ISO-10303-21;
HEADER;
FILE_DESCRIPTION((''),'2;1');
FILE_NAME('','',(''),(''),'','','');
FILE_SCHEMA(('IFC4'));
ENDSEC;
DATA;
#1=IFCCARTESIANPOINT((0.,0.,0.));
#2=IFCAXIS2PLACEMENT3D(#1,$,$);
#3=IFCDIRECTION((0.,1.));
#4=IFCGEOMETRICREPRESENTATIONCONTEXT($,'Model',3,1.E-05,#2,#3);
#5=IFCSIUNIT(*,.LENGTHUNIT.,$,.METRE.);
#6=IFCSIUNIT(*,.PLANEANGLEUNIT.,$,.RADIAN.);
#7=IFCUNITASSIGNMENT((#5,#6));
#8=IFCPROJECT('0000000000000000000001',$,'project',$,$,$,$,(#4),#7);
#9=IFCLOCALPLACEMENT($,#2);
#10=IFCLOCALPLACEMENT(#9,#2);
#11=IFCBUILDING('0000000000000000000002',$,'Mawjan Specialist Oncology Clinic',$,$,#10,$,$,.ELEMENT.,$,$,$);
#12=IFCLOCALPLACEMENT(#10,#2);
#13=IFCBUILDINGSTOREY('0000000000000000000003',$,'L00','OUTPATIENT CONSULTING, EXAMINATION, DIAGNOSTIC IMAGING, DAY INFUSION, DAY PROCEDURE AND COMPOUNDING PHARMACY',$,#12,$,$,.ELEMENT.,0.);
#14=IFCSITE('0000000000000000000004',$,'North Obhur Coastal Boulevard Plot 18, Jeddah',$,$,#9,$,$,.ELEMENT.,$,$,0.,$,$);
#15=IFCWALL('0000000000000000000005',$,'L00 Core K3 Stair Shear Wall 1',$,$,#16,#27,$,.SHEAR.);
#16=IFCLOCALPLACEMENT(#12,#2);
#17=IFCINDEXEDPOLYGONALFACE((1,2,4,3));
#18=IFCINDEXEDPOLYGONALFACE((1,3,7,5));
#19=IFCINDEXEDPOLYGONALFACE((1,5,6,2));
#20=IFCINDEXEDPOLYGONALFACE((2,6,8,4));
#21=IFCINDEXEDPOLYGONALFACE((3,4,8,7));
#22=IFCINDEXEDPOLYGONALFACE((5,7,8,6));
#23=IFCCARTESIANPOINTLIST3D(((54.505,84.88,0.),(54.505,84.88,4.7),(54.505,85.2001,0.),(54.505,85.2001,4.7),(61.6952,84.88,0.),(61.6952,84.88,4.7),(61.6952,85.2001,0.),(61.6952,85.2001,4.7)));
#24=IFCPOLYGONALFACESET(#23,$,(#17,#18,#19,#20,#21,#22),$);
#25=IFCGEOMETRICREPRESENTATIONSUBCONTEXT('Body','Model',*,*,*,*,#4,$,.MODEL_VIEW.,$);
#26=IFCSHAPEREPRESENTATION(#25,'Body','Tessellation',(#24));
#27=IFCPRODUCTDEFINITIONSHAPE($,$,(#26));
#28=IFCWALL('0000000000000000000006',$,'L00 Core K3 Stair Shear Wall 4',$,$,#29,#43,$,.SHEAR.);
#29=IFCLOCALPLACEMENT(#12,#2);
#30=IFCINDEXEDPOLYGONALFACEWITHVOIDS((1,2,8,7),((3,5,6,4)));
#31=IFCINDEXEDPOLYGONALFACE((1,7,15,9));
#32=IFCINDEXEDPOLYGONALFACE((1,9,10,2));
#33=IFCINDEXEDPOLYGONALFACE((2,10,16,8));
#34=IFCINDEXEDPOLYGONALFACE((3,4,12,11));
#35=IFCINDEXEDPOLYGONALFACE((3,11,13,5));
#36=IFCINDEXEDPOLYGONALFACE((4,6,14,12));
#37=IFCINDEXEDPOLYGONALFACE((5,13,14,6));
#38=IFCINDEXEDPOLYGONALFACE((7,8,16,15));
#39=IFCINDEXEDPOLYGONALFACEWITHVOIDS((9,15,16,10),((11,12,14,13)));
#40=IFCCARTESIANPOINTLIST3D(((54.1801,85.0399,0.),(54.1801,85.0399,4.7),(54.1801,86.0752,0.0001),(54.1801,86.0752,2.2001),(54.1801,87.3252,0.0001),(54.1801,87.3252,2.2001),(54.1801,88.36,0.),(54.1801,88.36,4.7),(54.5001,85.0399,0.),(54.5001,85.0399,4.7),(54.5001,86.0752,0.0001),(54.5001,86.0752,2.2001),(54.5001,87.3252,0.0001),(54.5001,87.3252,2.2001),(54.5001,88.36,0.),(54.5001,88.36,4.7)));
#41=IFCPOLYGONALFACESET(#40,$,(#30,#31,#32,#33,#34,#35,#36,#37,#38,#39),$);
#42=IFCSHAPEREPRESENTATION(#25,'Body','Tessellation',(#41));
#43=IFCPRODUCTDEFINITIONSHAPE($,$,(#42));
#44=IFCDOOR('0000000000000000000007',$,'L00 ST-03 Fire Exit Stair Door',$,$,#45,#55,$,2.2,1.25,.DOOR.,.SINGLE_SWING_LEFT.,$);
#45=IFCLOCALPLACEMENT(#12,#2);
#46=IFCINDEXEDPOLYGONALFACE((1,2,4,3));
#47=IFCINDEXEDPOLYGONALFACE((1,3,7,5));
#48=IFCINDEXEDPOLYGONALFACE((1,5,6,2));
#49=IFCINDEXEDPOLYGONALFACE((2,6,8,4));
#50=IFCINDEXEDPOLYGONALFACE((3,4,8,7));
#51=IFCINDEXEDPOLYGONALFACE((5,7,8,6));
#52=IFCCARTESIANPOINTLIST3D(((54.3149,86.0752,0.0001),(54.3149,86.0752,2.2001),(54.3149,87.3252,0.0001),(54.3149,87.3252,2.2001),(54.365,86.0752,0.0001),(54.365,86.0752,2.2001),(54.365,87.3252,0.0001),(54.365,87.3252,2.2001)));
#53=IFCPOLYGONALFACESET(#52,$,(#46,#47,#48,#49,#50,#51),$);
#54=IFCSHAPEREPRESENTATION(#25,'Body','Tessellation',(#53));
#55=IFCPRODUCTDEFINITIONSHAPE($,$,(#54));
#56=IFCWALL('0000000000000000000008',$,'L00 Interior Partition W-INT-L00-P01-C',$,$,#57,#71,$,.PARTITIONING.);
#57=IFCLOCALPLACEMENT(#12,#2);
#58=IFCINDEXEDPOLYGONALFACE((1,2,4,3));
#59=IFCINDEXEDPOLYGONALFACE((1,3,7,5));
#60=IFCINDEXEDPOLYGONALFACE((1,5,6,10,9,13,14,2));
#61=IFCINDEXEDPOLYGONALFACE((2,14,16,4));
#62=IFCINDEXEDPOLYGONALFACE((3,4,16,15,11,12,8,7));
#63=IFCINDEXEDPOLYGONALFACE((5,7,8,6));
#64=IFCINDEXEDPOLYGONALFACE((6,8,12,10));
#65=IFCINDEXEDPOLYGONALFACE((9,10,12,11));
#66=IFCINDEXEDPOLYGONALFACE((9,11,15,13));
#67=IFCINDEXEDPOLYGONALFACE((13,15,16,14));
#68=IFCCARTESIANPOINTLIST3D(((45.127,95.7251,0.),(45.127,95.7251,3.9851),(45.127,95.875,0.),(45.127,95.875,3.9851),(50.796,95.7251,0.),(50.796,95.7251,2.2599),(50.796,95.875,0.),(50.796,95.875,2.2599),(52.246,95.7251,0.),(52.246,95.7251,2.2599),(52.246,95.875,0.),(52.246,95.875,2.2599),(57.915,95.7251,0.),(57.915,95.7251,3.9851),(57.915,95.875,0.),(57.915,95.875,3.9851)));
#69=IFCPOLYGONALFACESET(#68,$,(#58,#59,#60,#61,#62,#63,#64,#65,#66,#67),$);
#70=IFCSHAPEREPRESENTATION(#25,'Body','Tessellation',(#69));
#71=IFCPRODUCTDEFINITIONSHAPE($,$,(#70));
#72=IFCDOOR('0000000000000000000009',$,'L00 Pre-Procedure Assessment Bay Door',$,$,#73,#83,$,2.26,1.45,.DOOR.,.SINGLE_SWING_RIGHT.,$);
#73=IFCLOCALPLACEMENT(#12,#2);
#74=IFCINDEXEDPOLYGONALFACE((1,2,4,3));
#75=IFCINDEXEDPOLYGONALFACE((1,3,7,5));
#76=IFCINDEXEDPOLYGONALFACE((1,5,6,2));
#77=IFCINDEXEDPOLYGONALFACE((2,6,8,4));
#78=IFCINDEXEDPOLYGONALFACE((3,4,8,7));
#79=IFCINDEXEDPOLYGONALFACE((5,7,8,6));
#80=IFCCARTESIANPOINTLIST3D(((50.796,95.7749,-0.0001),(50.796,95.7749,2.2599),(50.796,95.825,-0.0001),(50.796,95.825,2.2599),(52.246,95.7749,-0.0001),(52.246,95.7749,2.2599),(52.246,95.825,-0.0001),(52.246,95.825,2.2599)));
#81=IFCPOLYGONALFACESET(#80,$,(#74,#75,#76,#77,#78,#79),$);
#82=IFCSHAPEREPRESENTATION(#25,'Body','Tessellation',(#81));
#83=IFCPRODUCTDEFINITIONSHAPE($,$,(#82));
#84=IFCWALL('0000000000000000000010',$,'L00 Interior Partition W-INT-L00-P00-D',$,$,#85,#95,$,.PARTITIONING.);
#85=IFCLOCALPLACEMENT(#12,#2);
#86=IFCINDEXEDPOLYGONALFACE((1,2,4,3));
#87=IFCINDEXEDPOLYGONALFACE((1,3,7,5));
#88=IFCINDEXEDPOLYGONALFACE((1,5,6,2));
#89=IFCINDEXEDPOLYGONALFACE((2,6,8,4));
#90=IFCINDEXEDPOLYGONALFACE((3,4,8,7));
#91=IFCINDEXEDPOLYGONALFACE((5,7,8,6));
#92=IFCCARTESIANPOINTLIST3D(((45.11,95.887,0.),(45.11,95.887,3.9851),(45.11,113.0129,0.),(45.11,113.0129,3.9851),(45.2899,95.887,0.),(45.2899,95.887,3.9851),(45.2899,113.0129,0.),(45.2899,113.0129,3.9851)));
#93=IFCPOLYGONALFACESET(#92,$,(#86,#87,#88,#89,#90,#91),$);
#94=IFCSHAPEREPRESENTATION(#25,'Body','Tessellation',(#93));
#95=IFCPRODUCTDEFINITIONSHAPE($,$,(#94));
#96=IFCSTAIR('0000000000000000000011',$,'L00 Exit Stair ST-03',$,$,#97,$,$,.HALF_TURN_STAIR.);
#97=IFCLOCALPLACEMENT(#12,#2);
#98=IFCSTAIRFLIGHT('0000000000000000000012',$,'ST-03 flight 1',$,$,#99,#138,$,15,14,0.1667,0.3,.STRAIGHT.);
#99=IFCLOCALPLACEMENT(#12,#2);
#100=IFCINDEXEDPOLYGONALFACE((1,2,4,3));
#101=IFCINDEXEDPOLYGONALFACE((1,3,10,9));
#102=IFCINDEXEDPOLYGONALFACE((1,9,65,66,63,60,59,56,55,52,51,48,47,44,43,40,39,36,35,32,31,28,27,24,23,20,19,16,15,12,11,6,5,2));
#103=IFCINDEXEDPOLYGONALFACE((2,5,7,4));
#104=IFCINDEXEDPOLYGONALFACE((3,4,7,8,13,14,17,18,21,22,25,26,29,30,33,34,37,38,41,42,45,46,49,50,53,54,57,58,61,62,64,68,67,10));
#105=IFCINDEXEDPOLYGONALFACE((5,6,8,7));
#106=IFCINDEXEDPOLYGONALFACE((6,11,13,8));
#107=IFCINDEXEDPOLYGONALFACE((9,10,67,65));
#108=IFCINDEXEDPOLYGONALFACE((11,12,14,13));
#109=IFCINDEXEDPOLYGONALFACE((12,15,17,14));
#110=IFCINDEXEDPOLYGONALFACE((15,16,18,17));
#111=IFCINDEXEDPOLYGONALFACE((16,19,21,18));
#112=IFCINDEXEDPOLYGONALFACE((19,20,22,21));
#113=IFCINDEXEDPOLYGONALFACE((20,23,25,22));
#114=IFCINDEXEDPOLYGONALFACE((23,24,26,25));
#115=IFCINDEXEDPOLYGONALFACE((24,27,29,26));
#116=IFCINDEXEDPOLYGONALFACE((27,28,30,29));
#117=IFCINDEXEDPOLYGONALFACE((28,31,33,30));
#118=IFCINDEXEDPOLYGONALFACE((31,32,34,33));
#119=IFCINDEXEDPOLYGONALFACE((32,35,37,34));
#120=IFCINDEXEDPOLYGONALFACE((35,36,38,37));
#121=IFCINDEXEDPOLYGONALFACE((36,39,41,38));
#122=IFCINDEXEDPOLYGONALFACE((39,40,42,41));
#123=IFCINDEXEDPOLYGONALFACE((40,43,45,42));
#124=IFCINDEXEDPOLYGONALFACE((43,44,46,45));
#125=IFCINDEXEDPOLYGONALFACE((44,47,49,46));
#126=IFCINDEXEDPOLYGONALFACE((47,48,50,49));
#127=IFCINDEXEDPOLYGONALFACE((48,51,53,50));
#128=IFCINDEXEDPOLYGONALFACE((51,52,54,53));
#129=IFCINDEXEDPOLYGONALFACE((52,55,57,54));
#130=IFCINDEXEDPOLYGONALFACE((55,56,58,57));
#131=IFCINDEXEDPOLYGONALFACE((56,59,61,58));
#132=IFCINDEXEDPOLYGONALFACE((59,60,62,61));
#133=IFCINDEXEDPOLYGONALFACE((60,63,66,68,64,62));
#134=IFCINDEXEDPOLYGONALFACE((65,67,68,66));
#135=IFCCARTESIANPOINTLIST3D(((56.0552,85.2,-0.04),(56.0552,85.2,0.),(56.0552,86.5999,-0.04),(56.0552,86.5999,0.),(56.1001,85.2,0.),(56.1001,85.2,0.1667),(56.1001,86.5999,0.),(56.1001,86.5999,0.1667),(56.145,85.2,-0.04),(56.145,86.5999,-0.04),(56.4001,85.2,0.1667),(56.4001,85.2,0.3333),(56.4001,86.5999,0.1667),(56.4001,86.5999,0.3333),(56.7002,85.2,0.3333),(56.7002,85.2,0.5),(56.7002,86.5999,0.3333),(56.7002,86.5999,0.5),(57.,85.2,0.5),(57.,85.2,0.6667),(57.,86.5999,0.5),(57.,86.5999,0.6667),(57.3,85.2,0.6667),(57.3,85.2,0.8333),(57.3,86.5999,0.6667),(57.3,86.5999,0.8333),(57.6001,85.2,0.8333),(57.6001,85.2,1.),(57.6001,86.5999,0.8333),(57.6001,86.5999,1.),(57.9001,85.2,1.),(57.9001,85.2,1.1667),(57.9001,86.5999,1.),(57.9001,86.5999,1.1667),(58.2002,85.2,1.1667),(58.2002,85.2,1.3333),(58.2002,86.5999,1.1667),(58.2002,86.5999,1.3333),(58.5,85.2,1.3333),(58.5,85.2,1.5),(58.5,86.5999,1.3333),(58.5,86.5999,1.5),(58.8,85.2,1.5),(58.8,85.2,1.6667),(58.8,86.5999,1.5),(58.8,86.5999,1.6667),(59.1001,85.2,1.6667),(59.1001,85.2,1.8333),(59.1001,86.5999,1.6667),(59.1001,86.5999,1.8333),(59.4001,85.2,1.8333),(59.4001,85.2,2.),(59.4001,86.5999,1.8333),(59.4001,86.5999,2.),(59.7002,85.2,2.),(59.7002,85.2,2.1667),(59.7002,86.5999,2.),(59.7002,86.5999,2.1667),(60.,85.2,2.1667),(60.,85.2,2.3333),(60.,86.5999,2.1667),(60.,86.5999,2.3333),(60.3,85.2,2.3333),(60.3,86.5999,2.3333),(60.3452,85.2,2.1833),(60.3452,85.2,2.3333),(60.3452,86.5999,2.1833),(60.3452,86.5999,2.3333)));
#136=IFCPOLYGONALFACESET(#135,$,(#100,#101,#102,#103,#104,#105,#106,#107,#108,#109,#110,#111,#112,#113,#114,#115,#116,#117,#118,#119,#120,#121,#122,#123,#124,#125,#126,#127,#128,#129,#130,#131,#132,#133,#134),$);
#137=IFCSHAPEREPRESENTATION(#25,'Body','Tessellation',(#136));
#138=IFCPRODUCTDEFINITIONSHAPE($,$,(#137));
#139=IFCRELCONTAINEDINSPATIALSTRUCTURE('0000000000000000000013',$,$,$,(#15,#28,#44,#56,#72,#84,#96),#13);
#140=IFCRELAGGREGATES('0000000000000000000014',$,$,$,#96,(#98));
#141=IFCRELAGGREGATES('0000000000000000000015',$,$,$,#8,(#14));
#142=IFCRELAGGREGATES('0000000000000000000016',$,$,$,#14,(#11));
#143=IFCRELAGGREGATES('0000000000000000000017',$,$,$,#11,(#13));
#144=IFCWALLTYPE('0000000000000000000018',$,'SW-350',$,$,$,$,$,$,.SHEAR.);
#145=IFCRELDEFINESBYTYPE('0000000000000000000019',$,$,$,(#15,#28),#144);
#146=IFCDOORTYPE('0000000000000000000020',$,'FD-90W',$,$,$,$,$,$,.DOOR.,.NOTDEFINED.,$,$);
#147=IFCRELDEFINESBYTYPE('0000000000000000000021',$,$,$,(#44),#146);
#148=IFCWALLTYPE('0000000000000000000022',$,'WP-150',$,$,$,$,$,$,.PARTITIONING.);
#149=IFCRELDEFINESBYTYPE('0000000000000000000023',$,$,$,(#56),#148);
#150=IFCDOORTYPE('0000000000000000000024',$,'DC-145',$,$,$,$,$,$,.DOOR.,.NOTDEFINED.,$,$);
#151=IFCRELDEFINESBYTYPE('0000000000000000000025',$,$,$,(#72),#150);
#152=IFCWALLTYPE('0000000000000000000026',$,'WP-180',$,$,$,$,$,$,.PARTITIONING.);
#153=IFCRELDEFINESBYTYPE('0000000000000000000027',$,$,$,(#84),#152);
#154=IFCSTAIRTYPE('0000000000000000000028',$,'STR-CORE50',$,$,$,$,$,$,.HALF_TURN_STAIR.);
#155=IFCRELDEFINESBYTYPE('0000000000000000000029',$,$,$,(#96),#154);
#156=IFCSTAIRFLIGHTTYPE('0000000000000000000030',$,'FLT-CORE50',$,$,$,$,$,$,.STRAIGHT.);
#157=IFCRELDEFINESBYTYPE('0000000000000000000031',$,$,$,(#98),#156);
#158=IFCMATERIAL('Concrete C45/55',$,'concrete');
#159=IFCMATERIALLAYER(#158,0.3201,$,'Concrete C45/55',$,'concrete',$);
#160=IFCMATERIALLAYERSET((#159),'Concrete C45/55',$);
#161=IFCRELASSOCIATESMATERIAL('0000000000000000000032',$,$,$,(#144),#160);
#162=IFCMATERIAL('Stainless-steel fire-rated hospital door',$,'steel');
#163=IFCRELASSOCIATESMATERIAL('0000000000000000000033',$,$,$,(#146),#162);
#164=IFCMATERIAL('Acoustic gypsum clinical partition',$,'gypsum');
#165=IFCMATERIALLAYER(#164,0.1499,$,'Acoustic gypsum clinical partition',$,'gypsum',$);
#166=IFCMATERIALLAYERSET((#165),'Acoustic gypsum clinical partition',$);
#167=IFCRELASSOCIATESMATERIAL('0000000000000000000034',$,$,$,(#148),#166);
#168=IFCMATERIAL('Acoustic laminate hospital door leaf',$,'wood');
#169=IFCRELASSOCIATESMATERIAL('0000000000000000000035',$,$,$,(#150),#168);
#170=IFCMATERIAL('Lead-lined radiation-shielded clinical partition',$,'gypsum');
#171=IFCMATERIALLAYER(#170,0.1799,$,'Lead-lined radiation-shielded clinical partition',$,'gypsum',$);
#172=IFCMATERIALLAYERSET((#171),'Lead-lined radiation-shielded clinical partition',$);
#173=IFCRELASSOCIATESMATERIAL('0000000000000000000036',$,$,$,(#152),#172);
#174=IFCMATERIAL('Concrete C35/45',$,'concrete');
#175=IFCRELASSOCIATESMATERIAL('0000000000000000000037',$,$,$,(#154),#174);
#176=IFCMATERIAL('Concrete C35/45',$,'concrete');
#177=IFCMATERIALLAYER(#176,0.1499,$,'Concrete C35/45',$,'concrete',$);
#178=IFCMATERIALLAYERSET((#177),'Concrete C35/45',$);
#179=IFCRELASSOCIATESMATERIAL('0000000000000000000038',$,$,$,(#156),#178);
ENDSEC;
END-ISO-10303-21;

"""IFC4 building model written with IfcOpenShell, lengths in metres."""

from ifc_helpers import new_model, si_unit, direction, frame, frame_2d, origin, place, context, subcontext, project, spatial, polyline, rectangle, outline, extrude, material, layer, layer_set, type_object, element, fill, aggregate, save


model = new_model("IFC4")

# Units and contexts
model_context = context("Model", 3, precision=1e-05, world=origin(), true_north=direction((0.0, 1.0)))
body_context = subcontext(model_context, "Body", "Model", "MODEL_VIEW")
ifc_project = project(units=[si_unit("LENGTHUNIT", "METRE"), si_unit("PLANEANGLEUNIT", "RADIAN")], contexts=[model_context])

# Site, building, storey
site_placement = place(None, origin())
site = spatial("IfcSite", under=ifc_project, at=site_placement, Name="North Obhur Coastal Boulevard Plot 18, Jeddah", CompositionType="ELEMENT", RefElevation=0.0)
building_placement = place(site_placement, origin())
building = spatial("IfcBuilding", under=site, at=building_placement, Name="Mawjan Specialist Oncology Clinic", CompositionType="ELEMENT")
storey_placement = place(building_placement, origin())
storey = spatial("IfcBuildingStorey", under=building, at=storey_placement, Name="L00", Description="OUTPATIENT CONSULTING, EXAMINATION, DIAGNOSTIC IMAGING, DAY INFUSION, DAY PROCEDURE AND COMPOUNDING PHARMACY", CompositionType="ELEMENT", Elevation=0.0)

# Wall
ifc_material_1 = material(Name="Concrete C45/55", Category="concrete")
ifc_layer_1 = layer(ifc_material_1, 0.3201, Name="Concrete C45/55", Category="concrete")
ifc_layer_set_1 = layer_set([ifc_layer_1], Name="Concrete C45/55")
wall_type_1 = type_object("IfcWallType", Name="SW-350", PredefinedType="SHEAR", material=ifc_layer_set_1)
wall_1_placement = place(storey_placement, frame((54.5049, 85.04, 0.0), z_axis=(0.0, 0.0, 1.0), x_axis=(1.0, 0.0, 0.0)))
element("IfcWall", 1, at=wall_1_placement, inside=storey, type_object=wall_type_1, Name="L00 Core K3 Stair Shear Wall 1", PredefinedType="SHEAR", context=body_context, shape_type="SweptSolid", body=[
    extrude(rectangle(XDim=7.1902, YDim=0.3201, at=frame_2d((3.5952, 0.0))), origin(), (0.0, 0.0, 1.0), 4.7),
])

# Walls, openings, doors
wall_2_placement = place(storey_placement, frame((54.3401, 88.3601, 0.0), z_axis=(0.0, 0.0, 1.0), x_axis=(0.0, -1.0, 0.0)))
wall_2 = element("IfcWall", 2, at=wall_2_placement, inside=storey, type_object=wall_type_1, Name="L00 Core K3 Stair Shear Wall 4", PredefinedType="SHEAR", context=body_context, shape_type="SweptSolid", body=[
    extrude(rectangle(XDim=3.3201, YDim=0.3201, at=frame_2d((1.6602, 0.0))), origin(), (0.0, 0.0, 1.0), 4.7),
])
opening_1_placement = place(wall_2_placement, frame((1.0349, 0.0, 0.0)))
opening_1 = element("IfcOpeningElement", 3, at=opening_1_placement, cuts=wall_2, PredefinedType="OPENING", context=body_context, shape_type="SweptSolid", body=[
    extrude(rectangle(XDim=1.25, YDim=2.2, at=frame_2d((0.625, 1.1001))), frame((0.0, 0.1721, 0.0), z_axis=(0.0, -1.0, 0.0), x_axis=(1.0, 0.0, 0.0)), (0.0, 0.0, 1.0), 0.344),
])
ifc_material_2 = material(Name="Stainless-steel fire-rated hospital door", Category="steel")
door_type_1 = type_object("IfcDoorType", Name="FD-90W", OperationType="NOTDEFINED", PredefinedType="DOOR", material=ifc_material_2)
door_1_placement = place(opening_1_placement, origin())
door_1 = element("IfcDoor", 4, at=door_1_placement, inside=storey, type_object=door_type_1, Name="L00 ST-03 Fire Exit Stair Door", OperationType="SINGLE_SWING_LEFT", OverallHeight=2.2, OverallWidth=1.25, PredefinedType="DOOR", context=body_context, shape_type="SweptSolid", body=[
    extrude(rectangle(XDim=1.25, YDim=2.2, at=frame_2d((0.625, 1.1001))), frame((0.0, 0.0249, 0.0), z_axis=(0.0, -1.0, 0.0), x_axis=(1.0, 0.0, 0.0)), (0.0, 0.0, 1.0), 0.05),
])
fill(opening_1, door_1)
ifc_material_3 = material(Name="Acoustic gypsum clinical partition", Category="gypsum")
ifc_layer_2 = layer(ifc_material_3, 0.1499, Name="Acoustic gypsum clinical partition", Category="gypsum")
ifc_layer_set_2 = layer_set([ifc_layer_2], Name="Acoustic gypsum clinical partition")
wall_type_2 = type_object("IfcWallType", Name="WP-150", PredefinedType="PARTITIONING", material=ifc_layer_set_2)
wall_3_placement = place(storey_placement, frame((45.127, 95.8, 0.0), z_axis=(0.0, 0.0, 1.0), x_axis=(1.0, 0.0, 0.0)))
wall_3 = element("IfcWall", 5, at=wall_3_placement, inside=storey, type_object=wall_type_2, Name="L00 Interior Partition W-INT-L00-P01-C", PredefinedType="PARTITIONING", context=body_context, shape_type="SweptSolid", body=[
    extrude(rectangle(XDim=12.7881, YDim=0.1499, at=frame_2d((6.394, 0.0))), origin(), (0.0, 0.0, 1.0), 3.9851),
])
opening_2_placement = place(wall_3_placement, frame((5.6689, 0.0, 0.0)))
opening_2 = element("IfcOpeningElement", 6, at=opening_2_placement, cuts=wall_3, PredefinedType="OPENING", context=body_context, shape_type="SweptSolid", body=[
    extrude(rectangle(XDim=1.45, YDim=2.26, at=frame_2d((0.7251, 1.1299))), frame((0.0, 0.0869, 0.0), z_axis=(0.0, -1.0, 0.0), x_axis=(1.0, 0.0, 0.0)), (0.0, 0.0, 1.0), 0.1738),
])
ifc_material_4 = material(Name="Acoustic laminate hospital door leaf", Category="wood")
door_type_2 = type_object("IfcDoorType", Name="DC-145", OperationType="NOTDEFINED", PredefinedType="DOOR", material=ifc_material_4)
door_2_placement = place(opening_2_placement, origin())
door_2 = element("IfcDoor", 7, at=door_2_placement, inside=storey, type_object=door_type_2, Name="L00 Pre-Procedure Assessment Bay Door", OperationType="SINGLE_SWING_RIGHT", OverallHeight=2.26, OverallWidth=1.45, PredefinedType="DOOR", context=body_context, shape_type="SweptSolid", body=[
    extrude(rectangle(XDim=1.45, YDim=2.26, at=frame_2d((0.7251, 1.1299))), frame((0.0, 0.0249, 0.0), z_axis=(0.0, -1.0, 0.0), x_axis=(1.0, 0.0, 0.0)), (0.0, 0.0, 1.0), 0.05),
])
fill(opening_2, door_2)

# Wall
ifc_material_5 = material(Name="Lead-lined radiation-shielded clinical partition", Category="gypsum")
ifc_layer_3 = layer(ifc_material_5, 0.1799, Name="Lead-lined radiation-shielded clinical partition", Category="gypsum")
ifc_layer_set_3 = layer_set([ifc_layer_3], Name="Lead-lined radiation-shielded clinical partition")
wall_type_3 = type_object("IfcWallType", Name="WP-180", PredefinedType="PARTITIONING", material=ifc_layer_set_3)
wall_4_placement = place(storey_placement, frame((45.2, 95.887, 0.0), z_axis=(0.0, 0.0, 1.0), x_axis=(0.0, 1.0, 0.0)))
element("IfcWall", 8, at=wall_4_placement, inside=storey, type_object=wall_type_3, Name="L00 Interior Partition W-INT-L00-P00-D", PredefinedType="PARTITIONING", context=body_context, shape_type="SweptSolid", body=[
    extrude(rectangle(XDim=17.126, YDim=0.1799, at=frame_2d((8.563, 0.0))), origin(), (0.0, 0.0, 1.0), 3.9851),
])

# Stair, stair flight
ifc_material_6 = material(Name="Concrete C35/45", Category="concrete")
stair_type = type_object("IfcStairType", Name="STR-CORE50", PredefinedType="HALF_TURN_STAIR", material=ifc_material_6)
stair_placement = place(storey_placement, origin())
stair = element("IfcStair", 9, at=stair_placement, inside=storey, type_object=stair_type, Name="L00 Exit Stair ST-03", PredefinedType="HALF_TURN_STAIR")
ifc_material_7 = material(Name="Concrete C35/45", Category="concrete")
ifc_layer_4 = layer(ifc_material_7, 0.1499, Name="Concrete C35/45", Category="concrete")
ifc_layer_set_4 = layer_set([ifc_layer_4], Name="Concrete C35/45")
stair_flight_type = type_object("IfcStairFlightType", Name="FLT-CORE50", PredefinedType="STRAIGHT", material=ifc_layer_set_4)
stair_flight_placement = place(storey_placement, frame((56.1001, 85.8999, 0.0), z_axis=(0.0, 0.0, 1.0), x_axis=(1.0, 0.0, 0.0)))
stair_flight = element("IfcStairFlight", 10, at=stair_flight_placement, type_object=stair_flight_type, Name="ST-03 flight 1", NumberOfRisers=15, NumberOfTreads=14, PredefinedType="STRAIGHT", RiserHeight=0.1667, TreadLength=0.3, context=body_context, shape_type="SweptSolid", body=[
    extrude(outline(polyline([(-0.0449, -0.04), (-0.0449, 0.0), (0.0, 0.0), (0.0, 0.1667), (0.3, 0.1667), (0.3, 0.3333), (0.6001, 0.3333), (0.6001, 0.5), (0.8999, 0.5), (0.8999, 0.6667), (1.2, 0.6667), (1.2, 0.8333), (1.5, 0.8333), (1.5, 1.0), (1.8, 1.0), (1.8, 1.1667), (2.1001, 1.1667), (2.1001, 1.3333), (2.3999, 1.3333), (2.3999, 1.5), (2.7, 1.5), (2.7, 1.6667), (3.0, 1.6667), (3.0, 1.8333), (3.3, 1.8333), (3.3, 2.0), (3.6001, 2.0), (3.6001, 2.1667), (3.8999, 2.1667), (3.8999, 2.3333), (4.2, 2.3333), (4.2451, 2.3333), (4.2451, 2.1833), (0.0449, -0.04), (-0.0449, -0.04)])), frame((0.0, 0.7, 0.0), z_axis=(0.0, -1.0, 0.0), x_axis=(1.0, 0.0, 0.0)), (0.0, 0.0, 1.0), 1.3999),
])
aggregate(stair, [stair_flight])

save(model, "model.ifc")
